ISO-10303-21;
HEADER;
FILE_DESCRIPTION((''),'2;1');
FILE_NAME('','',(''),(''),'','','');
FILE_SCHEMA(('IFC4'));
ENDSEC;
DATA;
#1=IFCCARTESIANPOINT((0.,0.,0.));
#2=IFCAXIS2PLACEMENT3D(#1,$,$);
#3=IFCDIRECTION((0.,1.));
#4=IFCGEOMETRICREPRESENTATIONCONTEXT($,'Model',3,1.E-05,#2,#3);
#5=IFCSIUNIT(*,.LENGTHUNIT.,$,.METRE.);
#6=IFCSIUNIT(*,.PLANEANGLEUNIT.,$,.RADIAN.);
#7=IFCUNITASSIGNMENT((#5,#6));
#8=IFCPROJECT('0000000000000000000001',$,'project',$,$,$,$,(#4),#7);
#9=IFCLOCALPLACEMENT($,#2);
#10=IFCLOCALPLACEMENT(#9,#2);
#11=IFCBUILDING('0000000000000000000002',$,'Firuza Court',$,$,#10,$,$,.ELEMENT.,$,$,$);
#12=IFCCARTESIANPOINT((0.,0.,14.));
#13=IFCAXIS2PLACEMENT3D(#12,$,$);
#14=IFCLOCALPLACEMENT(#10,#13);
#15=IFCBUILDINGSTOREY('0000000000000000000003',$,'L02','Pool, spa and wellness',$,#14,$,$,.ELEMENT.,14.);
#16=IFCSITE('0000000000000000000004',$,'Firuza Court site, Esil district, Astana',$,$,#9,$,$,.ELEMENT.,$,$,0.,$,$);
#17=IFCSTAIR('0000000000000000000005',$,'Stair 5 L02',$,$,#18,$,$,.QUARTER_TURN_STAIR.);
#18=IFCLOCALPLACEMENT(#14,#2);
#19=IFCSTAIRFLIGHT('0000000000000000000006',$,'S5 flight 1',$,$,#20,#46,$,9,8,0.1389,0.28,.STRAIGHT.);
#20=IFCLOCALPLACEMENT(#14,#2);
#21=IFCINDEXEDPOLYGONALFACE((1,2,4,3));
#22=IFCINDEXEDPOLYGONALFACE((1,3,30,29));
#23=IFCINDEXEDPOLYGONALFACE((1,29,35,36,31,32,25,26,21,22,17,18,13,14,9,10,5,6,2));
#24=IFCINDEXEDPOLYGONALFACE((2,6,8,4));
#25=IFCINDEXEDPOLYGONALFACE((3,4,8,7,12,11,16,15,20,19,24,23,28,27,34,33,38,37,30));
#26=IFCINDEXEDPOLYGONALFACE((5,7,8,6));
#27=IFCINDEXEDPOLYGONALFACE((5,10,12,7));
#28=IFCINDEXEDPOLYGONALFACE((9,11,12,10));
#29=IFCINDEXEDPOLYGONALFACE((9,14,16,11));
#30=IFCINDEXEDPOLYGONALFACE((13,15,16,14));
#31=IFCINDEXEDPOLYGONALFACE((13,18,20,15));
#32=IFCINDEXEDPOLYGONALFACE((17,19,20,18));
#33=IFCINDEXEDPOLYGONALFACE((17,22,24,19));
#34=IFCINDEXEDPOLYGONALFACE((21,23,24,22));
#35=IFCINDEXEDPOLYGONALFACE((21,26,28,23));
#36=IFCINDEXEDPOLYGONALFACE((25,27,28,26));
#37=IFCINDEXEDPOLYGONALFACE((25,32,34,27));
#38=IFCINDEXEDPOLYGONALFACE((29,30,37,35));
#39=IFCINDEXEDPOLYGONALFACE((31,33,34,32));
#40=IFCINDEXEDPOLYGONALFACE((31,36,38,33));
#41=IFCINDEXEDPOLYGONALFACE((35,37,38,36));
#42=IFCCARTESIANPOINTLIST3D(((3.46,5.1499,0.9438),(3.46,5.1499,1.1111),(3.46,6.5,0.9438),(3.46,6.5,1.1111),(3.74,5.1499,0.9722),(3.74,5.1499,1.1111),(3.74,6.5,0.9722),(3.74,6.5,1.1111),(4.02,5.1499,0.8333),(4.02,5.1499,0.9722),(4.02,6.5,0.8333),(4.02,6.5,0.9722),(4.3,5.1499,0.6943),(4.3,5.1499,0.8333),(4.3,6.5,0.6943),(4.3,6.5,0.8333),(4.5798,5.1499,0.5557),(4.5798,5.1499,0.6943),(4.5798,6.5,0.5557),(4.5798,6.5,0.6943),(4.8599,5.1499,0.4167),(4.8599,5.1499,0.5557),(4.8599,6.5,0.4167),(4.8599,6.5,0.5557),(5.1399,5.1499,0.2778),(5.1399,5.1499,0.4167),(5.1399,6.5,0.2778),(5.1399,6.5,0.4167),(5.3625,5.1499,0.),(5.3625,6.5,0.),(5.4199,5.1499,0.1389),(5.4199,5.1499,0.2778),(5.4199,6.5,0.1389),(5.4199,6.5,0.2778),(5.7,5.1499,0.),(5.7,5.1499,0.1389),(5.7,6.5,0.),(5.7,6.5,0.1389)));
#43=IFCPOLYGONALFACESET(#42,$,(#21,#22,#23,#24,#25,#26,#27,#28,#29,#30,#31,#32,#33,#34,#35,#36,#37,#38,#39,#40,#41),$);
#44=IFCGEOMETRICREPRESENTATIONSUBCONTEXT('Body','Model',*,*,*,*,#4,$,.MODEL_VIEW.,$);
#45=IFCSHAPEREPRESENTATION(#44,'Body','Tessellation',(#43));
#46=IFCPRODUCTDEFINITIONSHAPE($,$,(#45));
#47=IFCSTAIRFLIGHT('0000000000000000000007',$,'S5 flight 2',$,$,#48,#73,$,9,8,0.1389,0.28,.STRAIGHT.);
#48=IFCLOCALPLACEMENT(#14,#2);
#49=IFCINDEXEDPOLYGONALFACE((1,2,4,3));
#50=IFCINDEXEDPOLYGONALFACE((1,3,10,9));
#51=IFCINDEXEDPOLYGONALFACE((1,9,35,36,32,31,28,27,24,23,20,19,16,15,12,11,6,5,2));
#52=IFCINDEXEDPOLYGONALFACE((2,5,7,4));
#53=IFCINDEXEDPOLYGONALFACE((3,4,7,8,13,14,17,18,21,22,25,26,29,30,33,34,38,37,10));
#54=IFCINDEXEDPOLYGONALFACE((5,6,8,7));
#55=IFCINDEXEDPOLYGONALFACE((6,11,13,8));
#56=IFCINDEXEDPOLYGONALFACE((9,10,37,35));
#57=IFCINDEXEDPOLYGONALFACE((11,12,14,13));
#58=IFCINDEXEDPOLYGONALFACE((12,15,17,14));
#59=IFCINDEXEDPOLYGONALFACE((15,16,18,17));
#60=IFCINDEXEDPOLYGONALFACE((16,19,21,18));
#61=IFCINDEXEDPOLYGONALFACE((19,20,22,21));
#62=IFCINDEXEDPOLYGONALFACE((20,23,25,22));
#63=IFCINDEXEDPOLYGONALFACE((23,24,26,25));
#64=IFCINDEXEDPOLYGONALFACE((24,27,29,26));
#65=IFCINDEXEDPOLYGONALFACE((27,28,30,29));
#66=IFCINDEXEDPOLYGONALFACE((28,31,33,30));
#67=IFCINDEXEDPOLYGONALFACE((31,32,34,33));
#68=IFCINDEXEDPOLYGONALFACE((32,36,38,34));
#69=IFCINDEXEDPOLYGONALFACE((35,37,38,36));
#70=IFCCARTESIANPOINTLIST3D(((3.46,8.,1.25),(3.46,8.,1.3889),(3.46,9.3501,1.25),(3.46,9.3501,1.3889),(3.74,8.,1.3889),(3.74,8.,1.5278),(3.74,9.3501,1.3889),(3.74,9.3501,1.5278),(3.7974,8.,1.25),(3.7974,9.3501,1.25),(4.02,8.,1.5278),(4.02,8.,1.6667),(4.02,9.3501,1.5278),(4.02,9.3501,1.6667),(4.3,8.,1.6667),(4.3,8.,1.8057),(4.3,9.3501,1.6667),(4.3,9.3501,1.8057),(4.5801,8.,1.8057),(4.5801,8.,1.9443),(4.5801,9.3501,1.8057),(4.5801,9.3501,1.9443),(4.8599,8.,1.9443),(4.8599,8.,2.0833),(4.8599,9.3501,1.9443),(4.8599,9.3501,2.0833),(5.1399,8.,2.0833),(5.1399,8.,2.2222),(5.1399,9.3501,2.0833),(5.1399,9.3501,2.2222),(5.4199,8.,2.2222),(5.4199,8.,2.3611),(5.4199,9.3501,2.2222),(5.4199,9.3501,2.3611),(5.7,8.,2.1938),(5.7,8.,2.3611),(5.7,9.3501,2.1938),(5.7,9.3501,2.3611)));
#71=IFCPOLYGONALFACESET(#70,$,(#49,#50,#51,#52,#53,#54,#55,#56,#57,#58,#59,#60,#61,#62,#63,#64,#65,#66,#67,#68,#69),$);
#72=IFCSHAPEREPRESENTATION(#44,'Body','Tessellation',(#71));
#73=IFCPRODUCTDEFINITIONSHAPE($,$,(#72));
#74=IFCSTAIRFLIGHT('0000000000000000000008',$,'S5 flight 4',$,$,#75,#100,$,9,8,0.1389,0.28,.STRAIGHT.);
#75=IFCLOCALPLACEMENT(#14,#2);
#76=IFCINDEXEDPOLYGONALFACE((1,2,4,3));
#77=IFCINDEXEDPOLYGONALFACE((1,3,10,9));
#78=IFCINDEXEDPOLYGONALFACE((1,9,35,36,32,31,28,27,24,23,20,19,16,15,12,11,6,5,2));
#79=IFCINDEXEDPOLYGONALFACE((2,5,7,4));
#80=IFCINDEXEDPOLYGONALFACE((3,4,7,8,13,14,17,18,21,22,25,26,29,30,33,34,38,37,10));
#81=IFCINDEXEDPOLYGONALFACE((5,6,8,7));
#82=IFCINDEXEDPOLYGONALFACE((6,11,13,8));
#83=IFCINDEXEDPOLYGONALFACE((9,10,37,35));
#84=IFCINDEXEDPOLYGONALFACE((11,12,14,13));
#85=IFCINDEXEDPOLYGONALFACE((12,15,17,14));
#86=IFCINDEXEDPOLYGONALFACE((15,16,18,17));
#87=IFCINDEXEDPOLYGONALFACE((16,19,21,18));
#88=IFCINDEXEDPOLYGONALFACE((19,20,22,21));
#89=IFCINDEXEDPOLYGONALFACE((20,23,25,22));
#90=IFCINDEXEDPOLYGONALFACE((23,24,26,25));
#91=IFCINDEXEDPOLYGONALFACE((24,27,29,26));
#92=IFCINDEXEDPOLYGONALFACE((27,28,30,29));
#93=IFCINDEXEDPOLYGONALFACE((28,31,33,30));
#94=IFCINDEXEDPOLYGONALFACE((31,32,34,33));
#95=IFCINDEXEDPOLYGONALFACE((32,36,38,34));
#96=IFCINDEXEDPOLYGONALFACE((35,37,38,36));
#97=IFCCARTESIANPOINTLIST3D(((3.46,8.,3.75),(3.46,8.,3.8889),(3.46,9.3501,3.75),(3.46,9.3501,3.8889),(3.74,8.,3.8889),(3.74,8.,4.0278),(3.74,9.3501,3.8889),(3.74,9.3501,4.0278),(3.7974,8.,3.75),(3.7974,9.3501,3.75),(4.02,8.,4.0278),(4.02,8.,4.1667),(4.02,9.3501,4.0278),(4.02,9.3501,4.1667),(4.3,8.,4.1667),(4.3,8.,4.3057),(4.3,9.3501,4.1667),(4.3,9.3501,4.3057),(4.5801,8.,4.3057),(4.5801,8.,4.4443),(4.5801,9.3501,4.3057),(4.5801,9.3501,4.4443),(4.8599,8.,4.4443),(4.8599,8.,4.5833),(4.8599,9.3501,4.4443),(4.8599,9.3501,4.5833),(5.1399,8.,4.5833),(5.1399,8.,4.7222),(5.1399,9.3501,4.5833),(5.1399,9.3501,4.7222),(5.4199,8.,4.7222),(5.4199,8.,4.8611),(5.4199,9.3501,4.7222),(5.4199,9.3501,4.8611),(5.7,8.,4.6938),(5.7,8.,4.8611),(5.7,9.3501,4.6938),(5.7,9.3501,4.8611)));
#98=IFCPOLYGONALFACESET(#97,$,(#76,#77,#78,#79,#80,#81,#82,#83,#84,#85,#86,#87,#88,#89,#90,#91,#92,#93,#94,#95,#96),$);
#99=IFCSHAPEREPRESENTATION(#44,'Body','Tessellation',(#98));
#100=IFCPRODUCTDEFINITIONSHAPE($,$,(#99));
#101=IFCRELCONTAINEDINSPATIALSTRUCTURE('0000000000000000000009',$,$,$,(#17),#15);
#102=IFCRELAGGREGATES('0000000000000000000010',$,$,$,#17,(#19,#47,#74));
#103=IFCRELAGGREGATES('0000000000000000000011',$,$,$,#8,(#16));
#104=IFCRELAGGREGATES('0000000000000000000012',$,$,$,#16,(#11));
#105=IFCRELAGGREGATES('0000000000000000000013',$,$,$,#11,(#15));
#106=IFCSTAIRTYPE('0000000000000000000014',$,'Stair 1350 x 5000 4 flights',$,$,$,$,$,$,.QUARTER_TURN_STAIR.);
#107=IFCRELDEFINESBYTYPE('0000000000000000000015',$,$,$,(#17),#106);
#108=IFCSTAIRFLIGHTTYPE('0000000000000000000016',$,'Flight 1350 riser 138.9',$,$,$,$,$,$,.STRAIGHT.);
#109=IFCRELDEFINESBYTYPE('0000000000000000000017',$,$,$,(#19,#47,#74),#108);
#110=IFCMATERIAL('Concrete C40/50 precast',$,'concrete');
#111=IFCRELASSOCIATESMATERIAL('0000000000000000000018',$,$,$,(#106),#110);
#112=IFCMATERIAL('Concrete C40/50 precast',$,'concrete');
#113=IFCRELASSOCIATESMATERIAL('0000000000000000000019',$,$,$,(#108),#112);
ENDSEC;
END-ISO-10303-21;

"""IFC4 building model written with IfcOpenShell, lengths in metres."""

from ifc_helpers import new_model, si_unit, direction, frame, origin, place, context, subcontext, project, spatial, polyline, outline, extrude, material, type_object, element, aggregate, save


model = new_model("IFC4")

# Units and contexts
model_context = context("Model", 3, precision=1e-05, world=origin(), true_north=direction((0.0, 1.0)))
body_context = subcontext(model_context, "Body", "Model", "MODEL_VIEW")
ifc_project = project(units=[si_unit("LENGTHUNIT", "METRE"), si_unit("PLANEANGLEUNIT", "RADIAN")], contexts=[model_context])

# Site, building, storey
site_placement = place(None, origin())
site = spatial("IfcSite", under=ifc_project, at=site_placement, Name="Firuza Court site, Esil district, Astana", CompositionType="ELEMENT", RefElevation=0.0)
building_placement = place(site_placement, origin())
building = spatial("IfcBuilding", under=site, at=building_placement, Name="Firuza Court", CompositionType="ELEMENT")
storey_placement = place(building_placement, frame((0.0, 0.0, 14.0)))
storey = spatial("IfcBuildingStorey", under=building, at=storey_placement, Name="L02", Description="Pool, spa and wellness", CompositionType="ELEMENT", Elevation=14.0)

# Stair, stair flights
ifc_material_1 = material(Name="Concrete C40/50 precast", Category="concrete")
stair_type_1 = type_object("IfcStairType", Name="Stair 1350 x 5000 4 flights", PredefinedType="QUARTER_TURN_STAIR", material=ifc_material_1)
stair_1_placement = place(storey_placement, origin())
stair_1 = element("IfcStair", 1, at=stair_1_placement, inside=storey, type_object=stair_type_1, Name="Stair 5 L02", PredefinedType="QUARTER_TURN_STAIR")
ifc_material_2 = material(Name="Concrete C40/50 precast", Category="concrete")
stair_flight_type = type_object("IfcStairFlightType", Name="Flight 1350 riser 138.9", PredefinedType="STRAIGHT", material=ifc_material_2)
stair_flight_1_placement = place(storey_placement, frame((5.7, 5.825, 0.0), z_axis=(0.0, 0.0, 1.0), x_axis=(-1.0, 0.0, 0.0)))
stair_flight_1 = element("IfcStairFlight", 2, at=stair_flight_1_placement, type_object=stair_flight_type, Name="S5 flight 1", NumberOfRisers=9, NumberOfTreads=8, PredefinedType="STRAIGHT", RiserHeight=0.1389, TreadLength=0.28, context=body_context, shape_type="SweptSolid", body=[
    extrude(outline(polyline([(0.0, 0.0), (0.0, 0.1389), (0.28, 0.1389), (0.28, 0.2778), (0.5601, 0.2778), (0.5601, 0.4167), (0.8401, 0.4167), (0.8401, 0.5557), (1.1201, 0.5557), (1.1201, 0.6943), (1.3999, 0.6943), (1.3999, 0.8333), (1.6799, 0.8333), (1.6799, 0.9722), (1.96, 0.9722), (1.96, 1.1111), (2.24, 1.1111), (2.24, 1.25), (2.24, 0.9438), (0.3374, 0.0), (0.0, 0.0)])), frame((0.0, 0.675, 0.0), z_axis=(0.0, -1.0, 0.0), x_axis=(1.0, 0.0, 0.0)), (0.0, 0.0, 1.0), 1.3501),
])
stair_flight_2_placement = place(storey_placement, frame((3.46, 8.675, 1.25), z_axis=(0.0, 0.0, 1.0), x_axis=(1.0, 0.0, 0.0)))
stair_flight_2 = element("IfcStairFlight", 3, at=stair_flight_2_placement, type_object=stair_flight_type, Name="S5 flight 2", NumberOfRisers=9, NumberOfTreads=8, PredefinedType="STRAIGHT", RiserHeight=0.1389, TreadLength=0.28, context=body_context, shape_type="SweptSolid", body=[
    extrude(outline(polyline([(0.0, 0.0), (0.0, 0.1389), (0.28, 0.1389), (0.28, 0.2778), (0.5601, 0.2778), (0.5601, 0.4167), (0.8401, 0.4167), (0.8401, 0.5557), (1.1201, 0.5557), (1.1201, 0.6943), (1.3999, 0.6943), (1.3999, 0.8333), (1.6799, 0.8333), (1.6799, 0.9722), (1.96, 0.9722), (1.96, 1.1111), (2.24, 1.1111), (2.24, 1.25), (2.24, 0.9438), (0.3374, 0.0), (0.0, 0.0)])), frame((0.0, 0.675, 0.0), z_axis=(0.0, -1.0, 0.0), x_axis=(1.0, 0.0, 0.0)), (0.0, 0.0, 1.0), 1.3501),
])
stair_flight_3_placement = place(storey_placement, frame((3.46, 8.675, 3.75), z_axis=(0.0, 0.0, 1.0), x_axis=(1.0, 0.0, 0.0)))
stair_flight_3 = element("IfcStairFlight", 4, at=stair_flight_3_placement, type_object=stair_flight_type, Name="S5 flight 4", NumberOfRisers=9, NumberOfTreads=8, PredefinedType="STRAIGHT", RiserHeight=0.1389, TreadLength=0.28, context=body_context, shape_type="SweptSolid", body=[
    extrude(outline(polyline([(0.0, 0.0), (0.0, 0.1389), (0.28, 0.1389), (0.28, 0.2778), (0.5601, 0.2778), (0.5601, 0.4167), (0.8401, 0.4167), (0.8401, 0.5557), (1.1201, 0.5557), (1.1201, 0.6943), (1.3999, 0.6943), (1.3999, 0.8333), (1.6799, 0.8333), (1.6799, 0.9722), (1.96, 0.9722), (1.96, 1.1111), (2.24, 1.1111), (2.24, 1.25), (2.24, 0.9438), (0.3374, 0.0), (0.0, 0.0)])), frame((0.0, 0.675, 0.0), z_axis=(0.0, -1.0, 0.0), x_axis=(1.0, 0.0, 0.0)), (0.0, 0.0, 1.0), 1.3501),
])
aggregate(stair_1, [stair_flight_1, stair_flight_2, stair_flight_3])

save(model, "model.ifc")
